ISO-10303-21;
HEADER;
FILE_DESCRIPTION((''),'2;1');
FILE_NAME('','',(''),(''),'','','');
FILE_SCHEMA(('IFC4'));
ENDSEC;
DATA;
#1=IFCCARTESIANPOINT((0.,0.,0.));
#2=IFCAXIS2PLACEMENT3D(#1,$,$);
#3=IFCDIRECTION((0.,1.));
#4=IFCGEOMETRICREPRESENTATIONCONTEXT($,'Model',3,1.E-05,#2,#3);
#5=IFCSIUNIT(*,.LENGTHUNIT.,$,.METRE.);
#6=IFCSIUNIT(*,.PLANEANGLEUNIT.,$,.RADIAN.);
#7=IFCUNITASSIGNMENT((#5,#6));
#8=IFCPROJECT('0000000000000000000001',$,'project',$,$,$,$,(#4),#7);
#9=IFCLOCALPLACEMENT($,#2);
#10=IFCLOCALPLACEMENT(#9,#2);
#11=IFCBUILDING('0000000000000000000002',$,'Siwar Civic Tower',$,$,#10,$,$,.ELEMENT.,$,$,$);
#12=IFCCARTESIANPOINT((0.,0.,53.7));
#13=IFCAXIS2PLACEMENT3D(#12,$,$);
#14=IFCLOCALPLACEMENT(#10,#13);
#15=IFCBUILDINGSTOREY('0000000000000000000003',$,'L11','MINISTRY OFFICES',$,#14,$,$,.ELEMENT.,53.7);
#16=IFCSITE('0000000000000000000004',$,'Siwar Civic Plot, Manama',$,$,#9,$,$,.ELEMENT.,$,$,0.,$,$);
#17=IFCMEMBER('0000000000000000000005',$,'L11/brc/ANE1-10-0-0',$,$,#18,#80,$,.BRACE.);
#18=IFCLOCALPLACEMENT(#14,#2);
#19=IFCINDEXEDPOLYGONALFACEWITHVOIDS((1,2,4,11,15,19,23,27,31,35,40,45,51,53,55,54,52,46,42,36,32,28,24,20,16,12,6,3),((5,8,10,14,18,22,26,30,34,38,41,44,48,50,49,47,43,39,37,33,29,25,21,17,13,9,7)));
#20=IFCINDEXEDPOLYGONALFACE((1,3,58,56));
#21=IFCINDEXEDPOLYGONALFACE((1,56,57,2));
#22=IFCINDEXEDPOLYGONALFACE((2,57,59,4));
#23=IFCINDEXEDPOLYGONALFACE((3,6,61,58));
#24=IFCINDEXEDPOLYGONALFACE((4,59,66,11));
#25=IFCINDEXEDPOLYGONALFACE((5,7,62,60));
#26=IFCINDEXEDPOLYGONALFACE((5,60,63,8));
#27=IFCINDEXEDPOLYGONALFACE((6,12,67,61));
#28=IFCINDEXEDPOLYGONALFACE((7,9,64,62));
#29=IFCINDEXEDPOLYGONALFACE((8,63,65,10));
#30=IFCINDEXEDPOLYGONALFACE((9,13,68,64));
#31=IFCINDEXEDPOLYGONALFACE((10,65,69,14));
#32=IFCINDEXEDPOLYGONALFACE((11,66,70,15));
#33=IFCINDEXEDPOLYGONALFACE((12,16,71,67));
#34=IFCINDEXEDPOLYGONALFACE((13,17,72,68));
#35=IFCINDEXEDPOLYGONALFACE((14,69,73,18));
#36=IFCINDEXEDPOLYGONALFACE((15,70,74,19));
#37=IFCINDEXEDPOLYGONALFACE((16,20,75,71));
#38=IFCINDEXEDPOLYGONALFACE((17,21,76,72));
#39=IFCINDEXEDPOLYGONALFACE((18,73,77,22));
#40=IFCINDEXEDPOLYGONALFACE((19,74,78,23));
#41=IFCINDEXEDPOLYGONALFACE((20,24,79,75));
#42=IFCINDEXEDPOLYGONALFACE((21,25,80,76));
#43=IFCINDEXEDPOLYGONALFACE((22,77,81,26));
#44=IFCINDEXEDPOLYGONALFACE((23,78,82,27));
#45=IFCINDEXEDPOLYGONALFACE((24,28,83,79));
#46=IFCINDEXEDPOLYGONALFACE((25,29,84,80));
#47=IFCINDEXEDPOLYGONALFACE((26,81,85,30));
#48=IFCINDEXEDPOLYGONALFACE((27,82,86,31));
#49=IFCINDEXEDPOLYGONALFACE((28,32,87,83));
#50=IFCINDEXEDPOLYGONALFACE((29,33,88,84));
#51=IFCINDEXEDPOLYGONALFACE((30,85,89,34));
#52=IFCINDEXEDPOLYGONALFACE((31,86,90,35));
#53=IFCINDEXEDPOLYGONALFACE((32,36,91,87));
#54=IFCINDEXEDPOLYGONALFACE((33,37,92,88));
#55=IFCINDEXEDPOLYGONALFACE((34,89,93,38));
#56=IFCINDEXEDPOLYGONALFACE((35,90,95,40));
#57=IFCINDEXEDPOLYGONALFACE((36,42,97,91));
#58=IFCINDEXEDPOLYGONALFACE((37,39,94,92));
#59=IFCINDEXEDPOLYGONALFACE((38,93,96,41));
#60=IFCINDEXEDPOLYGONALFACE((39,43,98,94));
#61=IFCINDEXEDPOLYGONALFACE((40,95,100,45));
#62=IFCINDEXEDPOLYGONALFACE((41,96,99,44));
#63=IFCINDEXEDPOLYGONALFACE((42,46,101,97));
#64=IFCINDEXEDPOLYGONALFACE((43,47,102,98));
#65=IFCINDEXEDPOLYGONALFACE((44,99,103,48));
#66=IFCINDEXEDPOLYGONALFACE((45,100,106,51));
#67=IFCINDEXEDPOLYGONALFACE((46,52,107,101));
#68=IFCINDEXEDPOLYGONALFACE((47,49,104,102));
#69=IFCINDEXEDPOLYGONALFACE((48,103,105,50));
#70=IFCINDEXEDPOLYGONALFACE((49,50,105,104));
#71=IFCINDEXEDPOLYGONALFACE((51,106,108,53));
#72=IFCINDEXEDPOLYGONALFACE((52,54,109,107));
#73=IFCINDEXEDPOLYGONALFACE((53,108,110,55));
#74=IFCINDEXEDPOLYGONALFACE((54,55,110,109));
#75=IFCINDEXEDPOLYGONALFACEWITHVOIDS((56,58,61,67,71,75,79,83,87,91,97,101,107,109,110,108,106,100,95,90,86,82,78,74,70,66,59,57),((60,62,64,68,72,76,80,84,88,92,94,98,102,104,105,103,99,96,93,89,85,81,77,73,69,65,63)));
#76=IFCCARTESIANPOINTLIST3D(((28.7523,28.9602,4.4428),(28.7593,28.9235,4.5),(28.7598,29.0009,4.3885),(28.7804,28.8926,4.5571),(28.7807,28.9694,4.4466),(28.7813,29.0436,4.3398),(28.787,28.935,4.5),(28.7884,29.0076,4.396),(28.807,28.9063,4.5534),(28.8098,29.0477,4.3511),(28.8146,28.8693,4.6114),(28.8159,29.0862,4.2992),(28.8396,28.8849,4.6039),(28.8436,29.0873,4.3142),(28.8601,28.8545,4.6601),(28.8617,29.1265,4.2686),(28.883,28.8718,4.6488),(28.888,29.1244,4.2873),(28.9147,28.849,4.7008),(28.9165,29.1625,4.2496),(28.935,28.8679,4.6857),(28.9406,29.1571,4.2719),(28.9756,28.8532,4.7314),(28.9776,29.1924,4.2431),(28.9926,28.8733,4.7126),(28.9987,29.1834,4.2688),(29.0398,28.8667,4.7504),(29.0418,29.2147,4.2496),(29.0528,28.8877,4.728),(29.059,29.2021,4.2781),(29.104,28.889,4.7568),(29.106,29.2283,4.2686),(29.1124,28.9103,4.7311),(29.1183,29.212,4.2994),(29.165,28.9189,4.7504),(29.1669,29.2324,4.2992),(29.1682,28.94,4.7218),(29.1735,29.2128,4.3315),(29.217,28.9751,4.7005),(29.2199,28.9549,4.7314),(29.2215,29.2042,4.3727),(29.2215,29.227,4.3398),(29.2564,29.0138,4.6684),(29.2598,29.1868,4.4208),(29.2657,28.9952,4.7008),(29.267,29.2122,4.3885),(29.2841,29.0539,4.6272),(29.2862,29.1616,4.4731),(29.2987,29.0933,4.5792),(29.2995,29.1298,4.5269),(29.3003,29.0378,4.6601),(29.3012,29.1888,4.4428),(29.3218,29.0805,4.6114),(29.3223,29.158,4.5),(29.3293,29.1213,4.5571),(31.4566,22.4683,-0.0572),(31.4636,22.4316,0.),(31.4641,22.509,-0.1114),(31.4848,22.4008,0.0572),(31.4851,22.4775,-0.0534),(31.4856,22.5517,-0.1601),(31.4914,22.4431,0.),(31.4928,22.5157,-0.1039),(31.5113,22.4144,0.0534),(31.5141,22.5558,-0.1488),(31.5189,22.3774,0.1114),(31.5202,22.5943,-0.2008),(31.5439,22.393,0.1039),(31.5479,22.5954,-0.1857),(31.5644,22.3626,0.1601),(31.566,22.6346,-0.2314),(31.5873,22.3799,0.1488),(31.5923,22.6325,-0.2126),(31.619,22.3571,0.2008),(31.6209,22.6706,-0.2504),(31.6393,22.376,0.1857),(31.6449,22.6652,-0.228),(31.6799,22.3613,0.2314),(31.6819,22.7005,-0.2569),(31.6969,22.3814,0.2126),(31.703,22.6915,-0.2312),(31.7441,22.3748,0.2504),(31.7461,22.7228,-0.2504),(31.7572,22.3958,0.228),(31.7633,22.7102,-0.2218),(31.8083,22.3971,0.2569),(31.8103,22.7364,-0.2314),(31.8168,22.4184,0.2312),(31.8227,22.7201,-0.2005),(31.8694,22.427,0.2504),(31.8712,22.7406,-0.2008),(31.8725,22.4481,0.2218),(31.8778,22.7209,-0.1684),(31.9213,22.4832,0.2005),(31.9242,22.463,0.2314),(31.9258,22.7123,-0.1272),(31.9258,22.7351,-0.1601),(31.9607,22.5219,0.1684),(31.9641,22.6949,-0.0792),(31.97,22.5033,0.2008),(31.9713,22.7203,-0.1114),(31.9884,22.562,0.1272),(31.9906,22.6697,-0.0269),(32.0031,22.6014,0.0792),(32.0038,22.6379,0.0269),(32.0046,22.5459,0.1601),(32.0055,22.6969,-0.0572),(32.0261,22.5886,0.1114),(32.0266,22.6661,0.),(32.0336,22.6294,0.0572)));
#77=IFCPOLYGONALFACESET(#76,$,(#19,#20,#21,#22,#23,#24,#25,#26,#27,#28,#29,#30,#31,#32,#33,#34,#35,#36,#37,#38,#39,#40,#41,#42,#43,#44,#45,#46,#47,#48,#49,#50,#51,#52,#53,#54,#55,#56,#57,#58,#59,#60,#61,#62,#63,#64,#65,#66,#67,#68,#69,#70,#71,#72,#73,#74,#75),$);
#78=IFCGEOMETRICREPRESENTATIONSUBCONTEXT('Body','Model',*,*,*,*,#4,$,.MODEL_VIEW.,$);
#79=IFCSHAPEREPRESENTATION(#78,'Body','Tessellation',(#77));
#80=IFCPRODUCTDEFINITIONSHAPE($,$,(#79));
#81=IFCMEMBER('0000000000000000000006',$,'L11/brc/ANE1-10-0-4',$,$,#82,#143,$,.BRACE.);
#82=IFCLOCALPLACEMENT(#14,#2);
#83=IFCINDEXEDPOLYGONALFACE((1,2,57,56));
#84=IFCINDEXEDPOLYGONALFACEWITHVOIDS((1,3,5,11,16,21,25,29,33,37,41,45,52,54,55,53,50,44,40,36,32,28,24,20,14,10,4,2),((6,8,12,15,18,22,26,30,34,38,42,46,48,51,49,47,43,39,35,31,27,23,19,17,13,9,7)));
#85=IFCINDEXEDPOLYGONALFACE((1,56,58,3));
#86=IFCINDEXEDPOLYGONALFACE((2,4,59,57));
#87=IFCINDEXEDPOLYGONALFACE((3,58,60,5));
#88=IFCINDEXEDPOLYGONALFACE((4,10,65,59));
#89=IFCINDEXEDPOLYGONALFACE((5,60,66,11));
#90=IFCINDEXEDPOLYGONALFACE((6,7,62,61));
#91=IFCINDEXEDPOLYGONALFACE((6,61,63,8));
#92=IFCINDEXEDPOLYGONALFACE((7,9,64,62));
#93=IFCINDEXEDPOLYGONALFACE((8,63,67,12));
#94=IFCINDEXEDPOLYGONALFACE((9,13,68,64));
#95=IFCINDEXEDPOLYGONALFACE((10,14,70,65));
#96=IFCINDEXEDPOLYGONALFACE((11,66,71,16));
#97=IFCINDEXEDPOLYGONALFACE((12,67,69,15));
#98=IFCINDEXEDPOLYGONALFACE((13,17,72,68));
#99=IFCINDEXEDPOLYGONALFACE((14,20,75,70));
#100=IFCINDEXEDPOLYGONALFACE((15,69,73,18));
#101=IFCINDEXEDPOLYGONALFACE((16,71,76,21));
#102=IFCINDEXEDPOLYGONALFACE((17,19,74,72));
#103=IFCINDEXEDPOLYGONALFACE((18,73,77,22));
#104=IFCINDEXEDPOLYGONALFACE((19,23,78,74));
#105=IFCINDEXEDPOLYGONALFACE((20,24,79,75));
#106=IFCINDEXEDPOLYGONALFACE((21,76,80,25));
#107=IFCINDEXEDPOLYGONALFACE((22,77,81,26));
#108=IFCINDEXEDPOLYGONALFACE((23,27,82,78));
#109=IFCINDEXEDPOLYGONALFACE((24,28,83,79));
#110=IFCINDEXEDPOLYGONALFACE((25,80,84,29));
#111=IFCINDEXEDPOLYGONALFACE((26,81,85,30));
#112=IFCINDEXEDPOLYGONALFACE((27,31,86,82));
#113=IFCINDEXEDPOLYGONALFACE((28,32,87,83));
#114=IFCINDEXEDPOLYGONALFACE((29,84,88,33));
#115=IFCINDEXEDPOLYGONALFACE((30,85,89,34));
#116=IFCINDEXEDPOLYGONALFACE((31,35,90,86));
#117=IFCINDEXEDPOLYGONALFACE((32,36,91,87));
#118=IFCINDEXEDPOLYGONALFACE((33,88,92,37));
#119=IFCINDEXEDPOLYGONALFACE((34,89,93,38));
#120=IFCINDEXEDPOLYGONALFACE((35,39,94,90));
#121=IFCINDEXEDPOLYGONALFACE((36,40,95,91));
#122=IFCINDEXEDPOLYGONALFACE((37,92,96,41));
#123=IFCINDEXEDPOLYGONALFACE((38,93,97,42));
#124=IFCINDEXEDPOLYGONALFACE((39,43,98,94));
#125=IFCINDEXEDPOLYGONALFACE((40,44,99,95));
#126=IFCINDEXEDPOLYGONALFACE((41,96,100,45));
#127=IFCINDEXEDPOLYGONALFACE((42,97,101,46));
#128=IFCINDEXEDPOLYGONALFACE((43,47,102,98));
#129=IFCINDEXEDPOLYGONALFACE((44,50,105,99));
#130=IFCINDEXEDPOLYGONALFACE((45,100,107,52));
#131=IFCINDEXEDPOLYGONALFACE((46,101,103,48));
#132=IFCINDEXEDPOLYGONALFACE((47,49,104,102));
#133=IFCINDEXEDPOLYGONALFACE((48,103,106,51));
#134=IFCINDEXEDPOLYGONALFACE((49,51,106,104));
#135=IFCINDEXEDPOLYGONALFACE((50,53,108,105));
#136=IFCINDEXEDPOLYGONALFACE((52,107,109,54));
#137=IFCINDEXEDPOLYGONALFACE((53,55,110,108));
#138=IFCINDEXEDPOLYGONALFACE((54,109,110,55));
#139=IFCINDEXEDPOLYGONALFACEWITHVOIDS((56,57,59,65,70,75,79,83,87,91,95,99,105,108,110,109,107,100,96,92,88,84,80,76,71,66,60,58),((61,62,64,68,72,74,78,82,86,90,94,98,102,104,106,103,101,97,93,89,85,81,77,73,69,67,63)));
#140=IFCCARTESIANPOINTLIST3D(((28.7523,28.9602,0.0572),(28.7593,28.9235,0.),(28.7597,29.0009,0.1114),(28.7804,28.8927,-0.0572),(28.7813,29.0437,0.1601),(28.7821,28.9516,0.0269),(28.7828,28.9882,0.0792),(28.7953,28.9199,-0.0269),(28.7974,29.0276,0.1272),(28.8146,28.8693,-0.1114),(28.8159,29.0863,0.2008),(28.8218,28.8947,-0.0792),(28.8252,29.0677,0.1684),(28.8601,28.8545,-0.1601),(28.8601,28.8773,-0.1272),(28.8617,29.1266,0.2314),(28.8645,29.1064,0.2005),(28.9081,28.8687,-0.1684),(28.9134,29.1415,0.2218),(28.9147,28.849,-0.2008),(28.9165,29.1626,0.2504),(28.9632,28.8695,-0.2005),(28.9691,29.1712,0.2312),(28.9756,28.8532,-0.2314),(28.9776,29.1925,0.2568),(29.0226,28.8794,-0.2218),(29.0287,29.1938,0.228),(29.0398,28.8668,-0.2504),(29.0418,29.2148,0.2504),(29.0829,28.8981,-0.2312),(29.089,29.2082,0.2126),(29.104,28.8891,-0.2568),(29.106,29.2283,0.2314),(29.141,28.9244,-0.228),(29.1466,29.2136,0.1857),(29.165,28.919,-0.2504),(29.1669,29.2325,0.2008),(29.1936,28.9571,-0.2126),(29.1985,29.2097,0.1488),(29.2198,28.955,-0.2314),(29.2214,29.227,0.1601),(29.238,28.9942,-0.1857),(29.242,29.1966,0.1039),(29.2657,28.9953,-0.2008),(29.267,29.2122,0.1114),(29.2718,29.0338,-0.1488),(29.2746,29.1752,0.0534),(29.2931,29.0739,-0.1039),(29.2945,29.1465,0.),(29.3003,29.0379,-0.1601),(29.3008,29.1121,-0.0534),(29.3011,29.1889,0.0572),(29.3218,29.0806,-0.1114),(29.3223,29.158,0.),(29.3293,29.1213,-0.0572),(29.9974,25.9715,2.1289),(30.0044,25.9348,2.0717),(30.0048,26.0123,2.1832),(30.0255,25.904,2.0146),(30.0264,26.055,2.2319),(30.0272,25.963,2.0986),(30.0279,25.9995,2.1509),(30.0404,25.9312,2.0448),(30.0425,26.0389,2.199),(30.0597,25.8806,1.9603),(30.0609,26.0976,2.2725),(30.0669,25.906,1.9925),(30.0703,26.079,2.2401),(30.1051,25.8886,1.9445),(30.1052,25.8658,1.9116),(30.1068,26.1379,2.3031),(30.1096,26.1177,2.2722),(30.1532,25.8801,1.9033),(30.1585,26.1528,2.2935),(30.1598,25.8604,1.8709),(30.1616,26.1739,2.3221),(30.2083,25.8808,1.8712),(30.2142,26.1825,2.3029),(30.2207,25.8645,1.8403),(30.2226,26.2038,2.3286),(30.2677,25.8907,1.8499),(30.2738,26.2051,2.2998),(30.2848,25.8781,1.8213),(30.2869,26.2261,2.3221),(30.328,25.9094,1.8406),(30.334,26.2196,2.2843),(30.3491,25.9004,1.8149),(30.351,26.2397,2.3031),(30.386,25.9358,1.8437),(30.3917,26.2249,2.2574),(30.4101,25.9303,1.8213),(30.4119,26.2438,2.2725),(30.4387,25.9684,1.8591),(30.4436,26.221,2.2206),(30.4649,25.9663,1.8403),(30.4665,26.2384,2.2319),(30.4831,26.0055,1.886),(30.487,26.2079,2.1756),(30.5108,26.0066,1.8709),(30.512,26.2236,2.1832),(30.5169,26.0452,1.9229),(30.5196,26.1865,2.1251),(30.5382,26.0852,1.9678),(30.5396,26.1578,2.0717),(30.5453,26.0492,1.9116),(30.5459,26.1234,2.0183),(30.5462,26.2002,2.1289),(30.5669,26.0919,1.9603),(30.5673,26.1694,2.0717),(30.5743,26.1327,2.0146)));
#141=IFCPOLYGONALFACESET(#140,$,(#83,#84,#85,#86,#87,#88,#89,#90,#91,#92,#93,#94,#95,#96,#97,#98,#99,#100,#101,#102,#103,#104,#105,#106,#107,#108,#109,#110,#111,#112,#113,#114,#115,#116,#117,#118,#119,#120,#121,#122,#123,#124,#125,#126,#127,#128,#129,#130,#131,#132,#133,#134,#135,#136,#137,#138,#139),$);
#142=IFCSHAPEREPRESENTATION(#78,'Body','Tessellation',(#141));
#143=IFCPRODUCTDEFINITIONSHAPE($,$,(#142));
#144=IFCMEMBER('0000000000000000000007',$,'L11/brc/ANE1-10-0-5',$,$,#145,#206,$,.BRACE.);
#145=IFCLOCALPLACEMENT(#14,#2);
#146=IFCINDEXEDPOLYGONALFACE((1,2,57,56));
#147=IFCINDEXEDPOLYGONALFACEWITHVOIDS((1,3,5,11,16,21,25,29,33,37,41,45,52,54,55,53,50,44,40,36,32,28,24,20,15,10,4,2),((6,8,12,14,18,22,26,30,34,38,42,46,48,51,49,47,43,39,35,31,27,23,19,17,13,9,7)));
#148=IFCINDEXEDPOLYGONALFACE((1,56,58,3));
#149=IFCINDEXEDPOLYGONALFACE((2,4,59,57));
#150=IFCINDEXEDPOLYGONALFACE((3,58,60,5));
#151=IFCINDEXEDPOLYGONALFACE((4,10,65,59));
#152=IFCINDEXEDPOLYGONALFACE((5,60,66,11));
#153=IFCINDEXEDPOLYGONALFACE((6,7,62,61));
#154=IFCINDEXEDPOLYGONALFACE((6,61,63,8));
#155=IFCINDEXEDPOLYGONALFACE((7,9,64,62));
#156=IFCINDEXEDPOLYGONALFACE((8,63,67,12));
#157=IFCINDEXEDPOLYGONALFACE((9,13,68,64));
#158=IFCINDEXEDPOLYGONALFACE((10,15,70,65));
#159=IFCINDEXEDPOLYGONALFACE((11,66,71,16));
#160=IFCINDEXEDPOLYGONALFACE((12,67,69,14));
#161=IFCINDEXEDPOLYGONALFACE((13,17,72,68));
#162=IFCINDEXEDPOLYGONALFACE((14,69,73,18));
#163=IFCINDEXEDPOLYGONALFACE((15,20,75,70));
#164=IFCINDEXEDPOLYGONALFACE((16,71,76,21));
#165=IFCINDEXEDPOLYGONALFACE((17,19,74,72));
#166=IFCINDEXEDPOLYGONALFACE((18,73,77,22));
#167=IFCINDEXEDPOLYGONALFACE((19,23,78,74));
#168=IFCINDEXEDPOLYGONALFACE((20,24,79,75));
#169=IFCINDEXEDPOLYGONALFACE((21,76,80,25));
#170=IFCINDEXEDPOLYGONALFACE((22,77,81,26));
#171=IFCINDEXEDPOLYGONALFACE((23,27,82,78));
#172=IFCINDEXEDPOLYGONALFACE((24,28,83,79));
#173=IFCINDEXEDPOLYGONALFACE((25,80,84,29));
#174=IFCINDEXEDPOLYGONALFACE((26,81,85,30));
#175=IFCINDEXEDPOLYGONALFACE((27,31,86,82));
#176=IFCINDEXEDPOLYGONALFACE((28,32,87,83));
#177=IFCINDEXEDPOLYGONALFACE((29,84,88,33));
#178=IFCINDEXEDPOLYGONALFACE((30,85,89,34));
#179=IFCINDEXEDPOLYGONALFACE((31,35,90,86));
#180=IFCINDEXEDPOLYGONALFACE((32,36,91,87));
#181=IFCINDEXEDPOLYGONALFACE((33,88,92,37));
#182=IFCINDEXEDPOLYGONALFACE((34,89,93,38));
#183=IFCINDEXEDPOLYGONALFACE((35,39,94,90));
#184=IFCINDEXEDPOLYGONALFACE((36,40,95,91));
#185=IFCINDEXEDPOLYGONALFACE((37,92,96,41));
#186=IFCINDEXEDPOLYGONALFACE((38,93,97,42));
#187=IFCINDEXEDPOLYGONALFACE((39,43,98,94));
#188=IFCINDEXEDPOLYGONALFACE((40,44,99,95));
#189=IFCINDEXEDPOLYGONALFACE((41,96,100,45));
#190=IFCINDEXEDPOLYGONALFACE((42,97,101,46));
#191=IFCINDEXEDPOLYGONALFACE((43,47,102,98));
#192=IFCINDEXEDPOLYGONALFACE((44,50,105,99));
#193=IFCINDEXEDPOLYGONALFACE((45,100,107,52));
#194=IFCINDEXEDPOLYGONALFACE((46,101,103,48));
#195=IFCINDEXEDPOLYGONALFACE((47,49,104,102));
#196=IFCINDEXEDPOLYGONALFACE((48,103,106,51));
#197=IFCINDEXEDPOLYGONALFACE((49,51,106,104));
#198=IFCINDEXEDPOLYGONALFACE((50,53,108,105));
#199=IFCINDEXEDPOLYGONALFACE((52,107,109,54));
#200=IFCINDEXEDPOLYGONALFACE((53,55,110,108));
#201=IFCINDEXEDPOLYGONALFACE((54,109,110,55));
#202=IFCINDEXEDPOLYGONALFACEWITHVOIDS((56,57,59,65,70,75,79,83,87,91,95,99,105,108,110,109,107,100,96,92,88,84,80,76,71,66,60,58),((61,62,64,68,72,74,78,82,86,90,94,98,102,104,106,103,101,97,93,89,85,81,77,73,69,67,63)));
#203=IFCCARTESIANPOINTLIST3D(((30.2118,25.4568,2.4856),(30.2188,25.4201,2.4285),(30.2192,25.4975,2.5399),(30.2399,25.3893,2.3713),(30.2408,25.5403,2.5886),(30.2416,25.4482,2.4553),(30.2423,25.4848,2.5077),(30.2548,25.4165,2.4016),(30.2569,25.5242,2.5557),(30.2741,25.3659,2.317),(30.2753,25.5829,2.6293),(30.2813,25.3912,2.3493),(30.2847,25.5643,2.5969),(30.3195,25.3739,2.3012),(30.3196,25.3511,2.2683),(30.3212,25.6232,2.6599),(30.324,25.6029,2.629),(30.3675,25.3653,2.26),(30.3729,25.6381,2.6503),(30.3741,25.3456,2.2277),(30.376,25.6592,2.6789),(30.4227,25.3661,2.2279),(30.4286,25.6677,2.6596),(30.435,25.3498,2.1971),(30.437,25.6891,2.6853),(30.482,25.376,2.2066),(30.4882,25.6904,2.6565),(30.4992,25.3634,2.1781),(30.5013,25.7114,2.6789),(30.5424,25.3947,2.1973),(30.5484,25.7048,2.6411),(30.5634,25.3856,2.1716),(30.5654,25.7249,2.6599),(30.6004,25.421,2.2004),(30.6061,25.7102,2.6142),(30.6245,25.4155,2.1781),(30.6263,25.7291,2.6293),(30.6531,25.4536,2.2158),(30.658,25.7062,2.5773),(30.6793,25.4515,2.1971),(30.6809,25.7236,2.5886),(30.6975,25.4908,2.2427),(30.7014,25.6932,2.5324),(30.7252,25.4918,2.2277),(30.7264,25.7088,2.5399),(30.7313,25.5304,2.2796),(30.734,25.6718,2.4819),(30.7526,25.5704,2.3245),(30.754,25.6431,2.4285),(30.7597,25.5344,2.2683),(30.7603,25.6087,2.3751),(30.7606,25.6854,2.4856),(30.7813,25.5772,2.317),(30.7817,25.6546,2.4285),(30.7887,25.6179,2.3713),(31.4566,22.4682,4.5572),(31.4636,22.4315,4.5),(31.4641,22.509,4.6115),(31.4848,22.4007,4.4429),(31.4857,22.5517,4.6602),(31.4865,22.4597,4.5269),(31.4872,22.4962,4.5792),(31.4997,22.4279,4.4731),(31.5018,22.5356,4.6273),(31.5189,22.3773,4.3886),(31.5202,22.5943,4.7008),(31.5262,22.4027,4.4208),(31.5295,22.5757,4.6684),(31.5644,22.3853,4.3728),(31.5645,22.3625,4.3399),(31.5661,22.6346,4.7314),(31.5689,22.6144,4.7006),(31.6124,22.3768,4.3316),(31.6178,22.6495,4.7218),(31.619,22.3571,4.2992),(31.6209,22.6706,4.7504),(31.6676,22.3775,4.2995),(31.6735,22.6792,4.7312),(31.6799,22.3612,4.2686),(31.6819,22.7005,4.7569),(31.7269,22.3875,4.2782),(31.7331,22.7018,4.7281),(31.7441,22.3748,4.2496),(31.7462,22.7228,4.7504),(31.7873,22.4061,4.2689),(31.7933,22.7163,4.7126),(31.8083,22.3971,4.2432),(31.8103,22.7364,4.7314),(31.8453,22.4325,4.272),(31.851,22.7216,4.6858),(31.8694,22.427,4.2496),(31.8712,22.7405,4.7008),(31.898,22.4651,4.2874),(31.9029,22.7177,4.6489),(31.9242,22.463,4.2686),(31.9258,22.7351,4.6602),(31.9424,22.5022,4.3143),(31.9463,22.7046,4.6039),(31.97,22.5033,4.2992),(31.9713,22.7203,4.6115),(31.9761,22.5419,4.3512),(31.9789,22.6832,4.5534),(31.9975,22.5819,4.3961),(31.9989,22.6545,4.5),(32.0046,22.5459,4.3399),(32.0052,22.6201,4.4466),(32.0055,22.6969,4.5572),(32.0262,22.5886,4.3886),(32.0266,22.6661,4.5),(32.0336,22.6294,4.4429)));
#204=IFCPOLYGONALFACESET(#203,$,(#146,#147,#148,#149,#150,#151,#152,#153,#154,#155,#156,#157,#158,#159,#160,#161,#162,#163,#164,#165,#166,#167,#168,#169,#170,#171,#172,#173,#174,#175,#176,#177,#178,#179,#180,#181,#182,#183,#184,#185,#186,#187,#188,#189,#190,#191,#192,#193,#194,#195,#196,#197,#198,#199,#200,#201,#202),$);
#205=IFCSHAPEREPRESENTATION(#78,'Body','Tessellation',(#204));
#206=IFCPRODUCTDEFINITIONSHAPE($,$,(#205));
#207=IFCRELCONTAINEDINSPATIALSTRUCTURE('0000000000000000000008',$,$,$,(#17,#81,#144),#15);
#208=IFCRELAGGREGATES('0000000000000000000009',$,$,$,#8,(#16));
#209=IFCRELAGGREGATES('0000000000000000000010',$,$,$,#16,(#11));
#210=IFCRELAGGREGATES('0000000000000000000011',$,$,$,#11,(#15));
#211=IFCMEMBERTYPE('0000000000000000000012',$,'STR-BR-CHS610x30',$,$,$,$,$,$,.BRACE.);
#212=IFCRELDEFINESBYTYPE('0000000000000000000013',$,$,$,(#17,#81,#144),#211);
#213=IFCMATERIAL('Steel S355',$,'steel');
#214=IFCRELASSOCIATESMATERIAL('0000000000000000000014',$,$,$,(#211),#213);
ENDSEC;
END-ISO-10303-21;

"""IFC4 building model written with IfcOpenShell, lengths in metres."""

from ifc_helpers import new_model, si_unit, direction, frame, origin, origin_2d, place, context, subcontext, project, spatial, hollow_circle, extrude, material, material_profile, profile_set, type_object, element, save


model = new_model("IFC4")

# Units and contexts
model_context = context("Model", 3, precision=1e-05, world=origin(), true_north=direction((0.0, 1.0)))
body_context = subcontext(model_context, "Body", "Model", "MODEL_VIEW")
ifc_project = project(units=[si_unit("LENGTHUNIT", "METRE"), si_unit("PLANEANGLEUNIT", "RADIAN")], contexts=[model_context])

# Site, building, storey
site_placement = place(None, origin())
site = spatial("IfcSite", under=ifc_project, at=site_placement, Name="Siwar Civic Plot, Manama", CompositionType="ELEMENT", RefElevation=0.0)
building_placement = place(site_placement, origin())
building = spatial("IfcBuilding", under=site, at=building_placement, Name="Siwar Civic Tower", CompositionType="ELEMENT")
storey_placement = place(building_placement, frame((0.0, 0.0, 53.7)))
storey = spatial("IfcBuildingStorey", under=building, at=storey_placement, Name="L11", Description="MINISTRY OFFICES", CompositionType="ELEMENT", Elevation=53.7)

# Members
ifc_material_1 = material(Name="Steel S355", Category="steel")
ifc_material_profile_1 = material_profile(ifc_material_1, hollow_circle(Radius=0.3049, WallThickness=0.03, at=origin_2d()), Name="CHS610x30")
ifc_profile_set_1 = profile_set([ifc_material_profile_1], Name="Steel S355")
member_type_1 = type_object("IfcMemberType", Name="STR-BR-CHS610x30", PredefinedType="BRACE", material=ifc_profile_set_1)
member_1_placement = place(storey_placement, frame((31.7451, 22.5488, 0.0), z_axis=(-0.323906, 0.777555, 0.538975), x_axis=(-0.923109, -0.384539, 0.0)))
element("IfcMember", 1, at=member_1_placement, inside=storey, type_object=member_type_1, Name="L11/brc/ANE1-10-0-0", PredefinedType="BRACE", context=body_context, shape_type="SweptSolid", body=[
    extrude(hollow_circle(Radius=0.3049, WallThickness=0.03, at=origin_2d()), origin(), (0.0, 0.0, 1.0), 8.3491),
])
member_2_placement = place(storey_placement, frame((29.0408, 29.0408, 0.0), z_axis=(0.323923, -0.777542, 0.538982), x_axis=(0.923099, 0.384562, 0.0)))
element("IfcMember", 2, at=member_2_placement, inside=storey, type_object=member_type_1, Name="L11/brc/ANE1-10-0-4", PredefinedType="BRACE", context=body_context, shape_type="SweptSolid", body=[
    extrude(hollow_circle(Radius=0.3049, WallThickness=0.03, at=origin_2d()), origin(), (0.0, 0.0, 1.0), 3.8438),
])
member_3_placement = place(storey_placement, frame((30.5002, 25.5374, 2.4285), z_axis=(0.323893, -0.77756, 0.538975), x_axis=(0.923115, 0.384524, 0.0)))
element("IfcMember", 3, at=member_3_placement, inside=storey, type_object=member_type_1, Name="L11/brc/ANE1-10-0-5", PredefinedType="BRACE", context=body_context, shape_type="SweptSolid", body=[
    extrude(hollow_circle(Radius=0.3049, WallThickness=0.03, at=origin_2d()), origin(), (0.0, 0.0, 1.0), 3.8435),
])

save(model, "model.ifc")
